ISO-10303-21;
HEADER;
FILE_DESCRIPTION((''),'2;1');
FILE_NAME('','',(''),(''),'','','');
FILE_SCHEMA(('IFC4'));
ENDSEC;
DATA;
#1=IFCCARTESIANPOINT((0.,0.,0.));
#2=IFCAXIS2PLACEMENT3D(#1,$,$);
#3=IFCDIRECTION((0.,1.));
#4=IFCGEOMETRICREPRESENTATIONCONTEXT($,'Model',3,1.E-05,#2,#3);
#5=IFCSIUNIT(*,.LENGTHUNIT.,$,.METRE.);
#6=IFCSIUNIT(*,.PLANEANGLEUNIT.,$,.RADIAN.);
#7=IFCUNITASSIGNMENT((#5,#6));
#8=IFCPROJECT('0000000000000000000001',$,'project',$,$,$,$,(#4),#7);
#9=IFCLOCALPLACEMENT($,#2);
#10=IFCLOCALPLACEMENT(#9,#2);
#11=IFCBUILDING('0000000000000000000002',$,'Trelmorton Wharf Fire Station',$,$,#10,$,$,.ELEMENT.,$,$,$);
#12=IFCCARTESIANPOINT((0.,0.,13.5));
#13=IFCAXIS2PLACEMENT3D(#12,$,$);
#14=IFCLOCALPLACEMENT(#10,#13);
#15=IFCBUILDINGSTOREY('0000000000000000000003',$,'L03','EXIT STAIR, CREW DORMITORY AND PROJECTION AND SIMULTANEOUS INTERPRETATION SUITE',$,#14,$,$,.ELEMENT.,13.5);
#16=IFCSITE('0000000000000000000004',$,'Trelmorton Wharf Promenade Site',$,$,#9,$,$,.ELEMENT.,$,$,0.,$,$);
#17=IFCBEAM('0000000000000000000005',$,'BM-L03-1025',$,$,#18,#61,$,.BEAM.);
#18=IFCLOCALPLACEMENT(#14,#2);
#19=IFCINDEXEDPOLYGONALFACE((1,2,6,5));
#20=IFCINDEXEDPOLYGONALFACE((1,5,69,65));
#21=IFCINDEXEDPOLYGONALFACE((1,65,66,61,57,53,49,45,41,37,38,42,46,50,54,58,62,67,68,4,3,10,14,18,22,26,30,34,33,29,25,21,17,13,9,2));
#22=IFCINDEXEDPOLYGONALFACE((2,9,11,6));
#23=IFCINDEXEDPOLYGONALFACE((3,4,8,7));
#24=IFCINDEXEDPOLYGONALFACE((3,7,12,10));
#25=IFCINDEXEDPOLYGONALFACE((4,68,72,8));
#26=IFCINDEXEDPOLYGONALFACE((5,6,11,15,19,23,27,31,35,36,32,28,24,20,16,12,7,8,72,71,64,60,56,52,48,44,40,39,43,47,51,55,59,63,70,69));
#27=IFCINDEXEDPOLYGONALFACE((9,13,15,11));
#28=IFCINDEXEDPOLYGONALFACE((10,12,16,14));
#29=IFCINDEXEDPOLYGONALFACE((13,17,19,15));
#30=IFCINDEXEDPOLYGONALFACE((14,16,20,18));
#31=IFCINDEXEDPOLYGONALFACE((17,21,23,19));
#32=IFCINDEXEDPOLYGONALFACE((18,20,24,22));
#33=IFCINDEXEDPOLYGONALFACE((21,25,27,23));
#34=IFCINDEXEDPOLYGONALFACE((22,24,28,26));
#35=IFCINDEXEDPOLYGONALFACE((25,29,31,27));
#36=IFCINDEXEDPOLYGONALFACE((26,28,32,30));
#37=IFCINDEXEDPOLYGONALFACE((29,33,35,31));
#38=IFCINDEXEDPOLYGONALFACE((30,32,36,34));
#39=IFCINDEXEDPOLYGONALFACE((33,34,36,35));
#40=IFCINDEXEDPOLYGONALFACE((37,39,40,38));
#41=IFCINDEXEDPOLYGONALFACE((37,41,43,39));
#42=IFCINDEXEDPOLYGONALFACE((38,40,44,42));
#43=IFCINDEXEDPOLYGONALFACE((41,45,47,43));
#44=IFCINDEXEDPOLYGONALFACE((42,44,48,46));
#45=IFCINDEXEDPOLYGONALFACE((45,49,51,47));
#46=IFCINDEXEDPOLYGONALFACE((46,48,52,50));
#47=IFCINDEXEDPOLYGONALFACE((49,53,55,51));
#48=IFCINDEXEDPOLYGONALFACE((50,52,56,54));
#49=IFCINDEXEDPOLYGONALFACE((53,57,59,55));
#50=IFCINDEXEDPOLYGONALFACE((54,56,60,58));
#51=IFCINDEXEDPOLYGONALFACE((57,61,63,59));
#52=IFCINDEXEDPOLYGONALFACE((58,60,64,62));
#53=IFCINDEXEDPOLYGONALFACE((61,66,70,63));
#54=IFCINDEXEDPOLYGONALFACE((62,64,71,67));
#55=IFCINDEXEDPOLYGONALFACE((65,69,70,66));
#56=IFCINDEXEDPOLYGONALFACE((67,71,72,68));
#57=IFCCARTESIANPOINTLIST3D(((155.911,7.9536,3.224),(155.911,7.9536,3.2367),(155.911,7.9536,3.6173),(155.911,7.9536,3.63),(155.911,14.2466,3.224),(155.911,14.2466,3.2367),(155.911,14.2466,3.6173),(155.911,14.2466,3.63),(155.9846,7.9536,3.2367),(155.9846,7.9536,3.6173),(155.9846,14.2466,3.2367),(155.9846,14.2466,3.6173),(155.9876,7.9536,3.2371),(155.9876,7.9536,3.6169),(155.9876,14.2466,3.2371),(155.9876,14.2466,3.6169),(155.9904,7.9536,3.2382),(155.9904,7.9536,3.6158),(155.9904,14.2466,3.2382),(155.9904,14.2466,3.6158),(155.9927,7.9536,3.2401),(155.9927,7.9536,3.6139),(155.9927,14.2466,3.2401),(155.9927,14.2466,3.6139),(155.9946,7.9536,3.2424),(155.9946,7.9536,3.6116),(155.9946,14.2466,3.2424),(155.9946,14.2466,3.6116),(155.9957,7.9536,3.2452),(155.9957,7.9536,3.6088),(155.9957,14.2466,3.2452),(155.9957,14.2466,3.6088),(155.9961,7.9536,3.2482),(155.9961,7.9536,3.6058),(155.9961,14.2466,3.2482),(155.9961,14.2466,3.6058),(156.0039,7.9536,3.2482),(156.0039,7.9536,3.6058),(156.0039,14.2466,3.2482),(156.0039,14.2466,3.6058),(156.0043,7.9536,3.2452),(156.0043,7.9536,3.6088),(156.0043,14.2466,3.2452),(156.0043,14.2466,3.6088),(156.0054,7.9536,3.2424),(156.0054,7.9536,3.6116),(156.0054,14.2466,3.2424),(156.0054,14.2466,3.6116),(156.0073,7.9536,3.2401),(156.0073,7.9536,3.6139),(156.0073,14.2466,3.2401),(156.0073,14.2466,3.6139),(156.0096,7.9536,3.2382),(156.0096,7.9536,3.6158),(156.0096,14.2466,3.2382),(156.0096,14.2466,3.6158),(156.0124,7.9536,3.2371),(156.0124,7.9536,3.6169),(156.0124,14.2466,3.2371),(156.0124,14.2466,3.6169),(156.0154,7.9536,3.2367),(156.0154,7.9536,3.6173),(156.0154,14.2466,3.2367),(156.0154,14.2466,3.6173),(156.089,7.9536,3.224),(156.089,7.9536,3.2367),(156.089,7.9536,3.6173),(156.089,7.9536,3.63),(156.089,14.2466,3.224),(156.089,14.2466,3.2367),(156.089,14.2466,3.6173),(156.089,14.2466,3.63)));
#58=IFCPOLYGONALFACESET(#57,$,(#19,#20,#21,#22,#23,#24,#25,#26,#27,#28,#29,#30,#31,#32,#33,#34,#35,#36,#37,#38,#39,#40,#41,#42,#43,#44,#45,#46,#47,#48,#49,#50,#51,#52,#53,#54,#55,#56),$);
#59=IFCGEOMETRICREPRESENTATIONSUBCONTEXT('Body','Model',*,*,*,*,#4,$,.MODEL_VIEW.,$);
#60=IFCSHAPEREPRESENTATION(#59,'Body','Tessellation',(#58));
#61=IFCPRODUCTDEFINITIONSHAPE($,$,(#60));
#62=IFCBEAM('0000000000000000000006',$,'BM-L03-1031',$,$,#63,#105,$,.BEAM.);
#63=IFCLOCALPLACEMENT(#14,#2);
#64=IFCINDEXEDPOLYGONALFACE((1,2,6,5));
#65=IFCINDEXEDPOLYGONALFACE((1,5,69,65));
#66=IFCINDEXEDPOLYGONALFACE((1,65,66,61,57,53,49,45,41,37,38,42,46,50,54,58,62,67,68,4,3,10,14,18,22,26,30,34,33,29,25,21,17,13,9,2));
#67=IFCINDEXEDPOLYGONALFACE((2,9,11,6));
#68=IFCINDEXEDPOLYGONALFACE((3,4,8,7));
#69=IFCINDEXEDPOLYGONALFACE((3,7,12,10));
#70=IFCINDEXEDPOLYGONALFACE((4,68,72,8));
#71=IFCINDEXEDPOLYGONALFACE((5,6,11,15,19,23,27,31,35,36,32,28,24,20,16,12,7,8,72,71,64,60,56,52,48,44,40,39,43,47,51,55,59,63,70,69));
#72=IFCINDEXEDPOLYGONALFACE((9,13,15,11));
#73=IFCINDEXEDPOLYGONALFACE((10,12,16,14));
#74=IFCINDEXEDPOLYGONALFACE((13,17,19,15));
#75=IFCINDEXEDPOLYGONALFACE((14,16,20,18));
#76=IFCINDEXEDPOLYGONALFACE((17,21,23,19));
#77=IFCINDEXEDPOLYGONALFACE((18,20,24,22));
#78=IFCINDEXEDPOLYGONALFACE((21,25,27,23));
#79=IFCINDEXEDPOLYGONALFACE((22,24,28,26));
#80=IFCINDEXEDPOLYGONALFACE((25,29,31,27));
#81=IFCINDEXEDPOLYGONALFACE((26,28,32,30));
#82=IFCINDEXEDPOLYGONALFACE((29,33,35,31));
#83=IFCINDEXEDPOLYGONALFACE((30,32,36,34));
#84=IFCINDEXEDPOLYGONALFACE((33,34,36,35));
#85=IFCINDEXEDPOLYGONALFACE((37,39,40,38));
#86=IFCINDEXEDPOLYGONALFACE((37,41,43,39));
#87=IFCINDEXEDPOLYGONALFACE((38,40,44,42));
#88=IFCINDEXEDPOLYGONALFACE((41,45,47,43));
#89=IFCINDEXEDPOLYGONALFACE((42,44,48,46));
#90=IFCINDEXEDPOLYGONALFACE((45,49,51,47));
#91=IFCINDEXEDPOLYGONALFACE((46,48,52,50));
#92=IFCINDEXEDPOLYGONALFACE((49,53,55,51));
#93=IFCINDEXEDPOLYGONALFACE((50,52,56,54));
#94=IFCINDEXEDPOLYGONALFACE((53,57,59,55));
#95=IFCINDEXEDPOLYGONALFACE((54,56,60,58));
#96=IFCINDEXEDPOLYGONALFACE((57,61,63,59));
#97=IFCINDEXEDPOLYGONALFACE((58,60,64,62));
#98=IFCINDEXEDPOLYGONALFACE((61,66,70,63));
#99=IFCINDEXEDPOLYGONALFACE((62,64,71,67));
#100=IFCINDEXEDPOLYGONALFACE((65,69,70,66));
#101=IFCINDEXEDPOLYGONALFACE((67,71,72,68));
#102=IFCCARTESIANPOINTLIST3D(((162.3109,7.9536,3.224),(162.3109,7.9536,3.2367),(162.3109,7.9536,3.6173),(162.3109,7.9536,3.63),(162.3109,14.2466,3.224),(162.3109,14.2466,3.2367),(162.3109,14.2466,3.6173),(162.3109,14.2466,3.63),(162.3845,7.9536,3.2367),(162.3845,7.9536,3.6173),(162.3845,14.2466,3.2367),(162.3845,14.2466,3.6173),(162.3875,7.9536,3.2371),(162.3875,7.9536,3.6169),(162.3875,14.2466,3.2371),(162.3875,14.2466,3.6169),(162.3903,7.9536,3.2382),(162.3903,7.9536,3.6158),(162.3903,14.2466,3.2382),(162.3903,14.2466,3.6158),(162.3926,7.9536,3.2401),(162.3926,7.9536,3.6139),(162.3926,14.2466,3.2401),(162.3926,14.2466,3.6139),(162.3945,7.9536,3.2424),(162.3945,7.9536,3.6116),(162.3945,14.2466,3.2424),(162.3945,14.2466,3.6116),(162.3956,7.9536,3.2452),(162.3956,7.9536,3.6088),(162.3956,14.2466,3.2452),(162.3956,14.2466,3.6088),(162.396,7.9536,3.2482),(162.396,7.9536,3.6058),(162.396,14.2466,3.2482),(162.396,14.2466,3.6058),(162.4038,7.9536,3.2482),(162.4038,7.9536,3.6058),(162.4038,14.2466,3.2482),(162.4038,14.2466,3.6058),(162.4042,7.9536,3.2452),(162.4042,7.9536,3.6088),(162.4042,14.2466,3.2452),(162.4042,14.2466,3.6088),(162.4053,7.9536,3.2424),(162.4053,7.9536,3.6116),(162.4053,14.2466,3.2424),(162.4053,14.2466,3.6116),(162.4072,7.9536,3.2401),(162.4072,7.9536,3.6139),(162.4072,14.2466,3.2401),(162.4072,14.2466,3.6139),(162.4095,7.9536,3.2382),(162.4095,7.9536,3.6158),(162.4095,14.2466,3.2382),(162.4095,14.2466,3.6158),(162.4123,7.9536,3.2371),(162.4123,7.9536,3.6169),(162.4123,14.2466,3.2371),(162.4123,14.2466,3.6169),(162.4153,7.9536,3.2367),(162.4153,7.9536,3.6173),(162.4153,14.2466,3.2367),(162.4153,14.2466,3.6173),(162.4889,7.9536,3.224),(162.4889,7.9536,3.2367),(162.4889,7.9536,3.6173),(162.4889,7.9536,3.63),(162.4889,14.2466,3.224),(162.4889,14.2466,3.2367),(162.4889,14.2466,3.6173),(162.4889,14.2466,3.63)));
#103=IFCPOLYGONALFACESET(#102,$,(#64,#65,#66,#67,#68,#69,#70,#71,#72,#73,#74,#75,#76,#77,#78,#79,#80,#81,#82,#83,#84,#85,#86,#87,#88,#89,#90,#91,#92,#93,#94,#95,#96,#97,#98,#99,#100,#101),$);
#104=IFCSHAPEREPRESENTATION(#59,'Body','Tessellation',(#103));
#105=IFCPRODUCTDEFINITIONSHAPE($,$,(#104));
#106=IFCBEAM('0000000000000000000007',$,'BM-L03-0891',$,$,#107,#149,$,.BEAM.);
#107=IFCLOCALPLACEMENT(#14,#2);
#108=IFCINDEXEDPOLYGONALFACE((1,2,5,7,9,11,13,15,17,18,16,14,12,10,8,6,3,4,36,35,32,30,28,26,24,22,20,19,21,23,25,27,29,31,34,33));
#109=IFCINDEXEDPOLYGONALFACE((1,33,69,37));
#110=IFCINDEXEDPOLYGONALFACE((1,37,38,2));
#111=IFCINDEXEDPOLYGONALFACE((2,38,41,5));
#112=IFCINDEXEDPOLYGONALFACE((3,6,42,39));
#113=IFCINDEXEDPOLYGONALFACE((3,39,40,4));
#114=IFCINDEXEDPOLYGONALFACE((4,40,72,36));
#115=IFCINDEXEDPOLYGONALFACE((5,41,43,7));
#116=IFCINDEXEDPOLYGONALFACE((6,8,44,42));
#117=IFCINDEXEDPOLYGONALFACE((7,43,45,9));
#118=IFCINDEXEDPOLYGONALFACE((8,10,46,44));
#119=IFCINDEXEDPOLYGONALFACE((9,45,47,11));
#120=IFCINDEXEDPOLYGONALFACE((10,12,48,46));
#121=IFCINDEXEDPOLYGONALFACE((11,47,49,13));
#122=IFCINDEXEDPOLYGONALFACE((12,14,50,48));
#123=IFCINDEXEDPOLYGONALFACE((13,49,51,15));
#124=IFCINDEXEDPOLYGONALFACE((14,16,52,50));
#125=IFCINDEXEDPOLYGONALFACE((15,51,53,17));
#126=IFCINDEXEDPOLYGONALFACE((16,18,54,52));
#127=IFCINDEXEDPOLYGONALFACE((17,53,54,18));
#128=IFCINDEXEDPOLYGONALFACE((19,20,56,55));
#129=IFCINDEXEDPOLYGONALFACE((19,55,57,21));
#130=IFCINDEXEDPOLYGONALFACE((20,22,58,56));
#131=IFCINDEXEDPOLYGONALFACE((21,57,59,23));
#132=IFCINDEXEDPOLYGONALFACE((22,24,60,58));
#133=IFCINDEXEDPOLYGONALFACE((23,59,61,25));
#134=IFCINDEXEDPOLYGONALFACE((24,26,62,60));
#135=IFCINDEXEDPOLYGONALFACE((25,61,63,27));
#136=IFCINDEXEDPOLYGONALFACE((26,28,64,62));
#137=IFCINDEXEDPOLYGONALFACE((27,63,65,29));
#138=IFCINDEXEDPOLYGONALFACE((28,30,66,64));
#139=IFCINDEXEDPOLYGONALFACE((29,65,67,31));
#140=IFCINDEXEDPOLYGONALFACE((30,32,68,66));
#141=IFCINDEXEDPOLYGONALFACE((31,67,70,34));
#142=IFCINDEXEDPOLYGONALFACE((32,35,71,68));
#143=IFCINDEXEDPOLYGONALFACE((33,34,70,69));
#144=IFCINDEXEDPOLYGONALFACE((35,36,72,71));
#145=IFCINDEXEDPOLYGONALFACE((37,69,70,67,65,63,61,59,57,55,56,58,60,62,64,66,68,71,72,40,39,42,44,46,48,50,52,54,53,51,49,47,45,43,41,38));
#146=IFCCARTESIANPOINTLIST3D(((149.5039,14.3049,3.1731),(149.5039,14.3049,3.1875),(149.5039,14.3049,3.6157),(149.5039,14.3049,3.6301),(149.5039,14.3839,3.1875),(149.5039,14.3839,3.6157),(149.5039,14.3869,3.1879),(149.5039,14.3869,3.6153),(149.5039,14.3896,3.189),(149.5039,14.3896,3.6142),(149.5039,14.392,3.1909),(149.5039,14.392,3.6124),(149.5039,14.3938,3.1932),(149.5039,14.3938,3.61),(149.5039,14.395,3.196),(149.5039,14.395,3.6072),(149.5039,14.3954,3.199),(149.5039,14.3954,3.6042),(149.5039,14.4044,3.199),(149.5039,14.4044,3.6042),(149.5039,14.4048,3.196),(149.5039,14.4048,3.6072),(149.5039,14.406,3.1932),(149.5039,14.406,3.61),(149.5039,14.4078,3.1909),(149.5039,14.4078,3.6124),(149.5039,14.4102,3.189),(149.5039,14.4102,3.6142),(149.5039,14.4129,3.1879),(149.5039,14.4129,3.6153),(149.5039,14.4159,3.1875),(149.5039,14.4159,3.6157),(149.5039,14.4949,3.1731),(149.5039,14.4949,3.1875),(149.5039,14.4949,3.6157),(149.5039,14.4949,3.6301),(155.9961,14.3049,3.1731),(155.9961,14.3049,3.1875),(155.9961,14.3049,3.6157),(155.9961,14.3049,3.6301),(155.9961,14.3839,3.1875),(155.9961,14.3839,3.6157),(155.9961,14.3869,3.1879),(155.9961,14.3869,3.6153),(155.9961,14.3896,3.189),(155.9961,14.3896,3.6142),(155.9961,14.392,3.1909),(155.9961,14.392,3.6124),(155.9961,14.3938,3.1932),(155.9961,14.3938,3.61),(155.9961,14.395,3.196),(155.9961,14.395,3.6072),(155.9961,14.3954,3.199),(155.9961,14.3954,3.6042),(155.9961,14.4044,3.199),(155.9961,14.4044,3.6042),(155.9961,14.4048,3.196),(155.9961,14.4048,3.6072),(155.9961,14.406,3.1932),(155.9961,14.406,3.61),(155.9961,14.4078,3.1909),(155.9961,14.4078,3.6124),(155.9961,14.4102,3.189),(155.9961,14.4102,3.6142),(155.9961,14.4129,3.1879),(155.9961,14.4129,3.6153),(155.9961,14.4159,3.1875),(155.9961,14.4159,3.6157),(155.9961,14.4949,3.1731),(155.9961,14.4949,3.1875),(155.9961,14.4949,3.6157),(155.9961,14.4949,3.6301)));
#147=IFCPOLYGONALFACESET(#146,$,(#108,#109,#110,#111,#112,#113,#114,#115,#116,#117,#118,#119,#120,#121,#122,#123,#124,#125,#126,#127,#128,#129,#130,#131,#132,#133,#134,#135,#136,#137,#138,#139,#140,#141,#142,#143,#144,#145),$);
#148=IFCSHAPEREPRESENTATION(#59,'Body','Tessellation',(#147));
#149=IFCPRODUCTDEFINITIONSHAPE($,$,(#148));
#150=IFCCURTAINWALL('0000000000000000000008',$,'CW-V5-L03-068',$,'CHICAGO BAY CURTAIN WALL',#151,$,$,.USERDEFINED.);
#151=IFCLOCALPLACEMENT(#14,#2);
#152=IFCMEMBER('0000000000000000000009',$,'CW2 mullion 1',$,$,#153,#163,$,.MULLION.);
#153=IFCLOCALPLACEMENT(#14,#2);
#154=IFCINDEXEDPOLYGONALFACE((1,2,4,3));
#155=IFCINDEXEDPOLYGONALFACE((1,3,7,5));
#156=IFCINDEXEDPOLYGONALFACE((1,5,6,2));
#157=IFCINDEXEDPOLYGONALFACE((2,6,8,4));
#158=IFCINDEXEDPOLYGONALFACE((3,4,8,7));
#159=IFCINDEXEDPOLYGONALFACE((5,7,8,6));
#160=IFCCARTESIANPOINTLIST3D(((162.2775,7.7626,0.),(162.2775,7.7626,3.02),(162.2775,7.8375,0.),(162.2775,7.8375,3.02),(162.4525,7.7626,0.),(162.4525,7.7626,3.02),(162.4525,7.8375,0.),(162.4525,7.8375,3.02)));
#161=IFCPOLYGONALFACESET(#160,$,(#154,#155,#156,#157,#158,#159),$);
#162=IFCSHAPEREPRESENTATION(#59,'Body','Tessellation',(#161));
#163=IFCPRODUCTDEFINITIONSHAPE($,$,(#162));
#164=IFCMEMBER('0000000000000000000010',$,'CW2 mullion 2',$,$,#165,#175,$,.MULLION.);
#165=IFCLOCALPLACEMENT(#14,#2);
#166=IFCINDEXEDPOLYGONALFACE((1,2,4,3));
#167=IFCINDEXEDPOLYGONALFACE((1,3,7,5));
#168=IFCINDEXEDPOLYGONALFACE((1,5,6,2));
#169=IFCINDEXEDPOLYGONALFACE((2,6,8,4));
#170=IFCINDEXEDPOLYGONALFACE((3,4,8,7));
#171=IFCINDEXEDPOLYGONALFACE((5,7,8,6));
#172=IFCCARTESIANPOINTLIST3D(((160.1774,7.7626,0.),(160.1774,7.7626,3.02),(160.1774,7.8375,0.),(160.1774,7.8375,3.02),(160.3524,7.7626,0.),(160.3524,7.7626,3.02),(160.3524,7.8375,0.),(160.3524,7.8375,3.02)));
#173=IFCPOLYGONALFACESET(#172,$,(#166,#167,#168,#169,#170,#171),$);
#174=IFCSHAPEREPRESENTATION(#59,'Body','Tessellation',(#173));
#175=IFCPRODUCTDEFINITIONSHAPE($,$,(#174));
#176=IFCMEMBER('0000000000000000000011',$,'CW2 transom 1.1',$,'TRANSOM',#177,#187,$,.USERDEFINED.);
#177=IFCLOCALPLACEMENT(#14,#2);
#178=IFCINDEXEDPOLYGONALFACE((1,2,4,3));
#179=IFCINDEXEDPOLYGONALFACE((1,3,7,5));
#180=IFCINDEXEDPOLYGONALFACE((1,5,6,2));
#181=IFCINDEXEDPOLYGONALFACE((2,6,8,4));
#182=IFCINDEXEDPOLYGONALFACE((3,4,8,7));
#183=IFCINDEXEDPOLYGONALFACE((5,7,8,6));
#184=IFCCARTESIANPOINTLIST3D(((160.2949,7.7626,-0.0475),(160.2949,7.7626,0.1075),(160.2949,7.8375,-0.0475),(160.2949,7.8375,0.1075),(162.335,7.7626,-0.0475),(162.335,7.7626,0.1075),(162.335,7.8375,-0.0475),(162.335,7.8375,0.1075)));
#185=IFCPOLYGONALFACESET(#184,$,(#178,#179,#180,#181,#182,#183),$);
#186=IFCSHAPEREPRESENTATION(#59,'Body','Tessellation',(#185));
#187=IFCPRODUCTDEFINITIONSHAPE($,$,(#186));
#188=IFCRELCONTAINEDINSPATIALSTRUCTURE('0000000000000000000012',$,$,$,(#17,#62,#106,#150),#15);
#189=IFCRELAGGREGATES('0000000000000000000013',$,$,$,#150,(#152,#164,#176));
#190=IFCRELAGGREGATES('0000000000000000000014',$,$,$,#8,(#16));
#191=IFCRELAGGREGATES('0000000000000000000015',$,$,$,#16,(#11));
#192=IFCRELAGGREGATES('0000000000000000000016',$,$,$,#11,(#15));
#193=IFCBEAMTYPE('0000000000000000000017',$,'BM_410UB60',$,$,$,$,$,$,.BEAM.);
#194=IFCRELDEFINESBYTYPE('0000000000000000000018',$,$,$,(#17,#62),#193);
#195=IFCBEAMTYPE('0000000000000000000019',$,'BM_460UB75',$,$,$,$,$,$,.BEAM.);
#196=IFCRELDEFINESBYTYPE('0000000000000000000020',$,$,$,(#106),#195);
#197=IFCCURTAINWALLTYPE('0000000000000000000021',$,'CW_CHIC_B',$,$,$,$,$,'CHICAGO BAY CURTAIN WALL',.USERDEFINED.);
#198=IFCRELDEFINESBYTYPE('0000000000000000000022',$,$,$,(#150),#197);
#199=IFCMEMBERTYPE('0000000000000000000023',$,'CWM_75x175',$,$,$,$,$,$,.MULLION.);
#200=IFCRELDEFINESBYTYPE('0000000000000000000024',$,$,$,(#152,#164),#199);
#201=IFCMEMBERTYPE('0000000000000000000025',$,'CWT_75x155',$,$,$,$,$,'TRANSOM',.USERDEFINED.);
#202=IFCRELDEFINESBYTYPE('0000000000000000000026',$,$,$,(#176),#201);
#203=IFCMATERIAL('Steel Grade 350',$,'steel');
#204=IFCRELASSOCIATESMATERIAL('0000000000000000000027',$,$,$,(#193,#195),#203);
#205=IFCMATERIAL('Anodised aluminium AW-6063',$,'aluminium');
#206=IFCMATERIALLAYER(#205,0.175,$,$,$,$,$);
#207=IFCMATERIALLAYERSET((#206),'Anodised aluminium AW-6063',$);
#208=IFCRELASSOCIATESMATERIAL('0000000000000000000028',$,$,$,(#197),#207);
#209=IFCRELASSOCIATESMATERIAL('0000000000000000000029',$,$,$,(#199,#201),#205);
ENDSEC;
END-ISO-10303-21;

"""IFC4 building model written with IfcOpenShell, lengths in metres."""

from ifc_helpers import new_model, si_unit, direction, frame, origin, origin_2d, place, context, subcontext, project, spatial, rectangle, i_section, extrude, material, layer, layer_set, material_profile, profile_set, type_object, element, aggregate, save


model = new_model("IFC4")

# Units and contexts
model_context = context("Model", 3, precision=1e-05, world=origin(), true_north=direction((0.0, 1.0)))
body_context = subcontext(model_context, "Body", "Model", "MODEL_VIEW")
ifc_project = project(units=[si_unit("LENGTHUNIT", "METRE"), si_unit("PLANEANGLEUNIT", "RADIAN")], contexts=[model_context])

# Site, building, storey
site_placement = place(None, origin())
site = spatial("IfcSite", under=ifc_project, at=site_placement, Name="Trelmorton Wharf Promenade Site", CompositionType="ELEMENT", RefElevation=0.0)
building_placement = place(site_placement, origin())
building = spatial("IfcBuilding", under=site, at=building_placement, Name="Trelmorton Wharf Fire Station", CompositionType="ELEMENT")
storey_placement = place(building_placement, frame((0.0, 0.0, 13.5)))
storey = spatial("IfcBuildingStorey", under=building, at=storey_placement, Name="L03", Description="EXIT STAIR, CREW DORMITORY AND PROJECTION AND SIMULTANEOUS INTERPRETATION SUITE", CompositionType="ELEMENT", Elevation=13.5)

# Shared definitions
ifc_material_1 = material(Name="Steel Grade 350", Category="steel")

# Beams
ifc_material_profile_1 = material_profile(ifc_material_1, i_section(OverallWidth=0.178, OverallDepth=0.406, WebThickness=0.0078, FlangeThickness=0.0127, FilletRadius=0.0115, at=origin_2d()), Name="410UB59.7")
ifc_profile_set_1 = profile_set([ifc_material_profile_1], Name="Steel Grade 350")
beam_type_1 = type_object("IfcBeamType", Name="BM_410UB60", PredefinedType="BEAM", material=ifc_profile_set_1)
for number, where, z_axis, x_axis, name in (
    (1, (156.0, 7.9536, 3.427), (0.0, 1.0, 0.0), (-1.0, 0.0, 0.0), "BM-L03-1025"),
    (2, (162.3999, 7.9536, 3.427), (0.0, 1.0, 0.0), (-1.0, 0.0, 0.0), "BM-L03-1031"),
):
    element("IfcBeam", number, at=place(storey_placement, frame(where, z_axis=z_axis, x_axis=x_axis)), inside=storey, type_object=beam_type_1, Name=name, PredefinedType="BEAM", context=body_context, shape_type="SweptSolid", body=[
        extrude(i_section(OverallWidth=0.178, OverallDepth=0.406, WebThickness=0.0078, FlangeThickness=0.0127, FilletRadius=0.0115, at=origin_2d()), origin(), (0.0, 0.0, 1.0), 6.293),
    ])
ifc_material_profile_2 = material_profile(ifc_material_1, i_section(OverallWidth=0.1899, OverallDepth=0.457, WebThickness=0.009, FlangeThickness=0.0144, FilletRadius=0.0115, at=origin_2d()), Name="460UB74.6")
ifc_profile_set_2 = profile_set([ifc_material_profile_2], Name="Steel Grade 350")
beam_type_2 = type_object("IfcBeamType", Name="BM_460UB75", PredefinedType="BEAM", material=ifc_profile_set_2)
beam_placement = place(storey_placement, frame((149.5039, 14.3999, 3.4016), z_axis=(1.0, 0.0, 0.0), x_axis=(0.0, 1.0, 0.0)))
element("IfcBeam", 3, at=beam_placement, inside=storey, type_object=beam_type_2, Name="BM-L03-0891", PredefinedType="BEAM", context=body_context, shape_type="SweptSolid", body=[
    extrude(i_section(OverallWidth=0.1899, OverallDepth=0.457, WebThickness=0.009, FlangeThickness=0.0144, FilletRadius=0.0115, at=origin_2d()), origin(), (0.0, 0.0, 1.0), 6.4922),
])

# Curtain wall, members
ifc_material_2 = material(Name="Anodised aluminium AW-6063", Category="aluminium")
ifc_layer_1 = layer(ifc_material_2, 0.175)
ifc_layer_set_1 = layer_set([ifc_layer_1], Name="Anodised aluminium AW-6063")
curtain_wall_type = type_object("IfcCurtainWallType", Name="CW_CHIC_B", ElementType="CHICAGO BAY CURTAIN WALL", PredefinedType="USERDEFINED", material=ifc_layer_set_1)
curtain_wall_placement = place(storey_placement, origin())
curtain_wall = element("IfcCurtainWall", 4, at=curtain_wall_placement, inside=storey, type_object=curtain_wall_type, Name="CW-V5-L03-068", ObjectType="CHICAGO BAY CURTAIN WALL", PredefinedType="USERDEFINED")
ifc_material_profile_3 = material_profile(ifc_material_2, rectangle(XDim=0.075, YDim=0.175, at=origin_2d()), Name="ALU-75x175")
ifc_profile_set_3 = profile_set([ifc_material_profile_3], Name="Anodised aluminium AW-6063")
member_type_1 = type_object("IfcMemberType", Name="CWM_75x175", PredefinedType="MULLION", material=ifc_profile_set_3)
member_1_placement = place(storey_placement, frame((162.365, 7.8, 0.0), z_axis=(0.0, 0.0, 1.0), x_axis=(0.0, -1.0, 0.0)))
member_1 = element("IfcMember", 5, at=member_1_placement, type_object=member_type_1, Name="CW2 mullion 1", PredefinedType="MULLION", context=body_context, shape_type="SweptSolid", body=[
    extrude(rectangle(XDim=0.075, YDim=0.175, at=origin_2d()), origin(), (0.0, 0.0, 1.0), 3.02),
])
member_2_placement = place(storey_placement, frame((160.2649, 7.8, 0.0), z_axis=(0.0, 0.0, 1.0), x_axis=(0.0, -1.0, 0.0)))
member_2 = element("IfcMember", 6, at=member_2_placement, type_object=member_type_1, Name="CW2 mullion 2", PredefinedType="MULLION", context=body_context, shape_type="SweptSolid", body=[
    extrude(rectangle(XDim=0.075, YDim=0.175, at=origin_2d()), origin(), (0.0, 0.0, 1.0), 3.02),
])
ifc_material_profile_4 = material_profile(ifc_material_2, rectangle(XDim=0.075, YDim=0.155, at=origin_2d()), Name="ALU-75x155")
ifc_profile_set_4 = profile_set([ifc_material_profile_4], Name="Anodised aluminium AW-6063")
member_type_2 = type_object("IfcMemberType", Name="CWT_75x155", ElementType="TRANSOM", PredefinedType="USERDEFINED", material=ifc_profile_set_4)
member_3_placement = place(storey_placement, frame((162.335, 7.8, 0.03), z_axis=(-1.0, 0.0, 0.0), x_axis=(0.0, -1.0, 0.0)))
member_3 = element("IfcMember", 7, at=member_3_placement, type_object=member_type_2, Name="CW2 transom 1.1", ObjectType="TRANSOM", PredefinedType="USERDEFINED", context=body_context, shape_type="SweptSolid", body=[
    extrude(rectangle(XDim=0.075, YDim=0.155, at=origin_2d()), origin(), (0.0, 0.0, 1.0), 2.04),
])

aggregate(curtain_wall, [member_1, member_2, member_3])

save(model, "model.ifc")
